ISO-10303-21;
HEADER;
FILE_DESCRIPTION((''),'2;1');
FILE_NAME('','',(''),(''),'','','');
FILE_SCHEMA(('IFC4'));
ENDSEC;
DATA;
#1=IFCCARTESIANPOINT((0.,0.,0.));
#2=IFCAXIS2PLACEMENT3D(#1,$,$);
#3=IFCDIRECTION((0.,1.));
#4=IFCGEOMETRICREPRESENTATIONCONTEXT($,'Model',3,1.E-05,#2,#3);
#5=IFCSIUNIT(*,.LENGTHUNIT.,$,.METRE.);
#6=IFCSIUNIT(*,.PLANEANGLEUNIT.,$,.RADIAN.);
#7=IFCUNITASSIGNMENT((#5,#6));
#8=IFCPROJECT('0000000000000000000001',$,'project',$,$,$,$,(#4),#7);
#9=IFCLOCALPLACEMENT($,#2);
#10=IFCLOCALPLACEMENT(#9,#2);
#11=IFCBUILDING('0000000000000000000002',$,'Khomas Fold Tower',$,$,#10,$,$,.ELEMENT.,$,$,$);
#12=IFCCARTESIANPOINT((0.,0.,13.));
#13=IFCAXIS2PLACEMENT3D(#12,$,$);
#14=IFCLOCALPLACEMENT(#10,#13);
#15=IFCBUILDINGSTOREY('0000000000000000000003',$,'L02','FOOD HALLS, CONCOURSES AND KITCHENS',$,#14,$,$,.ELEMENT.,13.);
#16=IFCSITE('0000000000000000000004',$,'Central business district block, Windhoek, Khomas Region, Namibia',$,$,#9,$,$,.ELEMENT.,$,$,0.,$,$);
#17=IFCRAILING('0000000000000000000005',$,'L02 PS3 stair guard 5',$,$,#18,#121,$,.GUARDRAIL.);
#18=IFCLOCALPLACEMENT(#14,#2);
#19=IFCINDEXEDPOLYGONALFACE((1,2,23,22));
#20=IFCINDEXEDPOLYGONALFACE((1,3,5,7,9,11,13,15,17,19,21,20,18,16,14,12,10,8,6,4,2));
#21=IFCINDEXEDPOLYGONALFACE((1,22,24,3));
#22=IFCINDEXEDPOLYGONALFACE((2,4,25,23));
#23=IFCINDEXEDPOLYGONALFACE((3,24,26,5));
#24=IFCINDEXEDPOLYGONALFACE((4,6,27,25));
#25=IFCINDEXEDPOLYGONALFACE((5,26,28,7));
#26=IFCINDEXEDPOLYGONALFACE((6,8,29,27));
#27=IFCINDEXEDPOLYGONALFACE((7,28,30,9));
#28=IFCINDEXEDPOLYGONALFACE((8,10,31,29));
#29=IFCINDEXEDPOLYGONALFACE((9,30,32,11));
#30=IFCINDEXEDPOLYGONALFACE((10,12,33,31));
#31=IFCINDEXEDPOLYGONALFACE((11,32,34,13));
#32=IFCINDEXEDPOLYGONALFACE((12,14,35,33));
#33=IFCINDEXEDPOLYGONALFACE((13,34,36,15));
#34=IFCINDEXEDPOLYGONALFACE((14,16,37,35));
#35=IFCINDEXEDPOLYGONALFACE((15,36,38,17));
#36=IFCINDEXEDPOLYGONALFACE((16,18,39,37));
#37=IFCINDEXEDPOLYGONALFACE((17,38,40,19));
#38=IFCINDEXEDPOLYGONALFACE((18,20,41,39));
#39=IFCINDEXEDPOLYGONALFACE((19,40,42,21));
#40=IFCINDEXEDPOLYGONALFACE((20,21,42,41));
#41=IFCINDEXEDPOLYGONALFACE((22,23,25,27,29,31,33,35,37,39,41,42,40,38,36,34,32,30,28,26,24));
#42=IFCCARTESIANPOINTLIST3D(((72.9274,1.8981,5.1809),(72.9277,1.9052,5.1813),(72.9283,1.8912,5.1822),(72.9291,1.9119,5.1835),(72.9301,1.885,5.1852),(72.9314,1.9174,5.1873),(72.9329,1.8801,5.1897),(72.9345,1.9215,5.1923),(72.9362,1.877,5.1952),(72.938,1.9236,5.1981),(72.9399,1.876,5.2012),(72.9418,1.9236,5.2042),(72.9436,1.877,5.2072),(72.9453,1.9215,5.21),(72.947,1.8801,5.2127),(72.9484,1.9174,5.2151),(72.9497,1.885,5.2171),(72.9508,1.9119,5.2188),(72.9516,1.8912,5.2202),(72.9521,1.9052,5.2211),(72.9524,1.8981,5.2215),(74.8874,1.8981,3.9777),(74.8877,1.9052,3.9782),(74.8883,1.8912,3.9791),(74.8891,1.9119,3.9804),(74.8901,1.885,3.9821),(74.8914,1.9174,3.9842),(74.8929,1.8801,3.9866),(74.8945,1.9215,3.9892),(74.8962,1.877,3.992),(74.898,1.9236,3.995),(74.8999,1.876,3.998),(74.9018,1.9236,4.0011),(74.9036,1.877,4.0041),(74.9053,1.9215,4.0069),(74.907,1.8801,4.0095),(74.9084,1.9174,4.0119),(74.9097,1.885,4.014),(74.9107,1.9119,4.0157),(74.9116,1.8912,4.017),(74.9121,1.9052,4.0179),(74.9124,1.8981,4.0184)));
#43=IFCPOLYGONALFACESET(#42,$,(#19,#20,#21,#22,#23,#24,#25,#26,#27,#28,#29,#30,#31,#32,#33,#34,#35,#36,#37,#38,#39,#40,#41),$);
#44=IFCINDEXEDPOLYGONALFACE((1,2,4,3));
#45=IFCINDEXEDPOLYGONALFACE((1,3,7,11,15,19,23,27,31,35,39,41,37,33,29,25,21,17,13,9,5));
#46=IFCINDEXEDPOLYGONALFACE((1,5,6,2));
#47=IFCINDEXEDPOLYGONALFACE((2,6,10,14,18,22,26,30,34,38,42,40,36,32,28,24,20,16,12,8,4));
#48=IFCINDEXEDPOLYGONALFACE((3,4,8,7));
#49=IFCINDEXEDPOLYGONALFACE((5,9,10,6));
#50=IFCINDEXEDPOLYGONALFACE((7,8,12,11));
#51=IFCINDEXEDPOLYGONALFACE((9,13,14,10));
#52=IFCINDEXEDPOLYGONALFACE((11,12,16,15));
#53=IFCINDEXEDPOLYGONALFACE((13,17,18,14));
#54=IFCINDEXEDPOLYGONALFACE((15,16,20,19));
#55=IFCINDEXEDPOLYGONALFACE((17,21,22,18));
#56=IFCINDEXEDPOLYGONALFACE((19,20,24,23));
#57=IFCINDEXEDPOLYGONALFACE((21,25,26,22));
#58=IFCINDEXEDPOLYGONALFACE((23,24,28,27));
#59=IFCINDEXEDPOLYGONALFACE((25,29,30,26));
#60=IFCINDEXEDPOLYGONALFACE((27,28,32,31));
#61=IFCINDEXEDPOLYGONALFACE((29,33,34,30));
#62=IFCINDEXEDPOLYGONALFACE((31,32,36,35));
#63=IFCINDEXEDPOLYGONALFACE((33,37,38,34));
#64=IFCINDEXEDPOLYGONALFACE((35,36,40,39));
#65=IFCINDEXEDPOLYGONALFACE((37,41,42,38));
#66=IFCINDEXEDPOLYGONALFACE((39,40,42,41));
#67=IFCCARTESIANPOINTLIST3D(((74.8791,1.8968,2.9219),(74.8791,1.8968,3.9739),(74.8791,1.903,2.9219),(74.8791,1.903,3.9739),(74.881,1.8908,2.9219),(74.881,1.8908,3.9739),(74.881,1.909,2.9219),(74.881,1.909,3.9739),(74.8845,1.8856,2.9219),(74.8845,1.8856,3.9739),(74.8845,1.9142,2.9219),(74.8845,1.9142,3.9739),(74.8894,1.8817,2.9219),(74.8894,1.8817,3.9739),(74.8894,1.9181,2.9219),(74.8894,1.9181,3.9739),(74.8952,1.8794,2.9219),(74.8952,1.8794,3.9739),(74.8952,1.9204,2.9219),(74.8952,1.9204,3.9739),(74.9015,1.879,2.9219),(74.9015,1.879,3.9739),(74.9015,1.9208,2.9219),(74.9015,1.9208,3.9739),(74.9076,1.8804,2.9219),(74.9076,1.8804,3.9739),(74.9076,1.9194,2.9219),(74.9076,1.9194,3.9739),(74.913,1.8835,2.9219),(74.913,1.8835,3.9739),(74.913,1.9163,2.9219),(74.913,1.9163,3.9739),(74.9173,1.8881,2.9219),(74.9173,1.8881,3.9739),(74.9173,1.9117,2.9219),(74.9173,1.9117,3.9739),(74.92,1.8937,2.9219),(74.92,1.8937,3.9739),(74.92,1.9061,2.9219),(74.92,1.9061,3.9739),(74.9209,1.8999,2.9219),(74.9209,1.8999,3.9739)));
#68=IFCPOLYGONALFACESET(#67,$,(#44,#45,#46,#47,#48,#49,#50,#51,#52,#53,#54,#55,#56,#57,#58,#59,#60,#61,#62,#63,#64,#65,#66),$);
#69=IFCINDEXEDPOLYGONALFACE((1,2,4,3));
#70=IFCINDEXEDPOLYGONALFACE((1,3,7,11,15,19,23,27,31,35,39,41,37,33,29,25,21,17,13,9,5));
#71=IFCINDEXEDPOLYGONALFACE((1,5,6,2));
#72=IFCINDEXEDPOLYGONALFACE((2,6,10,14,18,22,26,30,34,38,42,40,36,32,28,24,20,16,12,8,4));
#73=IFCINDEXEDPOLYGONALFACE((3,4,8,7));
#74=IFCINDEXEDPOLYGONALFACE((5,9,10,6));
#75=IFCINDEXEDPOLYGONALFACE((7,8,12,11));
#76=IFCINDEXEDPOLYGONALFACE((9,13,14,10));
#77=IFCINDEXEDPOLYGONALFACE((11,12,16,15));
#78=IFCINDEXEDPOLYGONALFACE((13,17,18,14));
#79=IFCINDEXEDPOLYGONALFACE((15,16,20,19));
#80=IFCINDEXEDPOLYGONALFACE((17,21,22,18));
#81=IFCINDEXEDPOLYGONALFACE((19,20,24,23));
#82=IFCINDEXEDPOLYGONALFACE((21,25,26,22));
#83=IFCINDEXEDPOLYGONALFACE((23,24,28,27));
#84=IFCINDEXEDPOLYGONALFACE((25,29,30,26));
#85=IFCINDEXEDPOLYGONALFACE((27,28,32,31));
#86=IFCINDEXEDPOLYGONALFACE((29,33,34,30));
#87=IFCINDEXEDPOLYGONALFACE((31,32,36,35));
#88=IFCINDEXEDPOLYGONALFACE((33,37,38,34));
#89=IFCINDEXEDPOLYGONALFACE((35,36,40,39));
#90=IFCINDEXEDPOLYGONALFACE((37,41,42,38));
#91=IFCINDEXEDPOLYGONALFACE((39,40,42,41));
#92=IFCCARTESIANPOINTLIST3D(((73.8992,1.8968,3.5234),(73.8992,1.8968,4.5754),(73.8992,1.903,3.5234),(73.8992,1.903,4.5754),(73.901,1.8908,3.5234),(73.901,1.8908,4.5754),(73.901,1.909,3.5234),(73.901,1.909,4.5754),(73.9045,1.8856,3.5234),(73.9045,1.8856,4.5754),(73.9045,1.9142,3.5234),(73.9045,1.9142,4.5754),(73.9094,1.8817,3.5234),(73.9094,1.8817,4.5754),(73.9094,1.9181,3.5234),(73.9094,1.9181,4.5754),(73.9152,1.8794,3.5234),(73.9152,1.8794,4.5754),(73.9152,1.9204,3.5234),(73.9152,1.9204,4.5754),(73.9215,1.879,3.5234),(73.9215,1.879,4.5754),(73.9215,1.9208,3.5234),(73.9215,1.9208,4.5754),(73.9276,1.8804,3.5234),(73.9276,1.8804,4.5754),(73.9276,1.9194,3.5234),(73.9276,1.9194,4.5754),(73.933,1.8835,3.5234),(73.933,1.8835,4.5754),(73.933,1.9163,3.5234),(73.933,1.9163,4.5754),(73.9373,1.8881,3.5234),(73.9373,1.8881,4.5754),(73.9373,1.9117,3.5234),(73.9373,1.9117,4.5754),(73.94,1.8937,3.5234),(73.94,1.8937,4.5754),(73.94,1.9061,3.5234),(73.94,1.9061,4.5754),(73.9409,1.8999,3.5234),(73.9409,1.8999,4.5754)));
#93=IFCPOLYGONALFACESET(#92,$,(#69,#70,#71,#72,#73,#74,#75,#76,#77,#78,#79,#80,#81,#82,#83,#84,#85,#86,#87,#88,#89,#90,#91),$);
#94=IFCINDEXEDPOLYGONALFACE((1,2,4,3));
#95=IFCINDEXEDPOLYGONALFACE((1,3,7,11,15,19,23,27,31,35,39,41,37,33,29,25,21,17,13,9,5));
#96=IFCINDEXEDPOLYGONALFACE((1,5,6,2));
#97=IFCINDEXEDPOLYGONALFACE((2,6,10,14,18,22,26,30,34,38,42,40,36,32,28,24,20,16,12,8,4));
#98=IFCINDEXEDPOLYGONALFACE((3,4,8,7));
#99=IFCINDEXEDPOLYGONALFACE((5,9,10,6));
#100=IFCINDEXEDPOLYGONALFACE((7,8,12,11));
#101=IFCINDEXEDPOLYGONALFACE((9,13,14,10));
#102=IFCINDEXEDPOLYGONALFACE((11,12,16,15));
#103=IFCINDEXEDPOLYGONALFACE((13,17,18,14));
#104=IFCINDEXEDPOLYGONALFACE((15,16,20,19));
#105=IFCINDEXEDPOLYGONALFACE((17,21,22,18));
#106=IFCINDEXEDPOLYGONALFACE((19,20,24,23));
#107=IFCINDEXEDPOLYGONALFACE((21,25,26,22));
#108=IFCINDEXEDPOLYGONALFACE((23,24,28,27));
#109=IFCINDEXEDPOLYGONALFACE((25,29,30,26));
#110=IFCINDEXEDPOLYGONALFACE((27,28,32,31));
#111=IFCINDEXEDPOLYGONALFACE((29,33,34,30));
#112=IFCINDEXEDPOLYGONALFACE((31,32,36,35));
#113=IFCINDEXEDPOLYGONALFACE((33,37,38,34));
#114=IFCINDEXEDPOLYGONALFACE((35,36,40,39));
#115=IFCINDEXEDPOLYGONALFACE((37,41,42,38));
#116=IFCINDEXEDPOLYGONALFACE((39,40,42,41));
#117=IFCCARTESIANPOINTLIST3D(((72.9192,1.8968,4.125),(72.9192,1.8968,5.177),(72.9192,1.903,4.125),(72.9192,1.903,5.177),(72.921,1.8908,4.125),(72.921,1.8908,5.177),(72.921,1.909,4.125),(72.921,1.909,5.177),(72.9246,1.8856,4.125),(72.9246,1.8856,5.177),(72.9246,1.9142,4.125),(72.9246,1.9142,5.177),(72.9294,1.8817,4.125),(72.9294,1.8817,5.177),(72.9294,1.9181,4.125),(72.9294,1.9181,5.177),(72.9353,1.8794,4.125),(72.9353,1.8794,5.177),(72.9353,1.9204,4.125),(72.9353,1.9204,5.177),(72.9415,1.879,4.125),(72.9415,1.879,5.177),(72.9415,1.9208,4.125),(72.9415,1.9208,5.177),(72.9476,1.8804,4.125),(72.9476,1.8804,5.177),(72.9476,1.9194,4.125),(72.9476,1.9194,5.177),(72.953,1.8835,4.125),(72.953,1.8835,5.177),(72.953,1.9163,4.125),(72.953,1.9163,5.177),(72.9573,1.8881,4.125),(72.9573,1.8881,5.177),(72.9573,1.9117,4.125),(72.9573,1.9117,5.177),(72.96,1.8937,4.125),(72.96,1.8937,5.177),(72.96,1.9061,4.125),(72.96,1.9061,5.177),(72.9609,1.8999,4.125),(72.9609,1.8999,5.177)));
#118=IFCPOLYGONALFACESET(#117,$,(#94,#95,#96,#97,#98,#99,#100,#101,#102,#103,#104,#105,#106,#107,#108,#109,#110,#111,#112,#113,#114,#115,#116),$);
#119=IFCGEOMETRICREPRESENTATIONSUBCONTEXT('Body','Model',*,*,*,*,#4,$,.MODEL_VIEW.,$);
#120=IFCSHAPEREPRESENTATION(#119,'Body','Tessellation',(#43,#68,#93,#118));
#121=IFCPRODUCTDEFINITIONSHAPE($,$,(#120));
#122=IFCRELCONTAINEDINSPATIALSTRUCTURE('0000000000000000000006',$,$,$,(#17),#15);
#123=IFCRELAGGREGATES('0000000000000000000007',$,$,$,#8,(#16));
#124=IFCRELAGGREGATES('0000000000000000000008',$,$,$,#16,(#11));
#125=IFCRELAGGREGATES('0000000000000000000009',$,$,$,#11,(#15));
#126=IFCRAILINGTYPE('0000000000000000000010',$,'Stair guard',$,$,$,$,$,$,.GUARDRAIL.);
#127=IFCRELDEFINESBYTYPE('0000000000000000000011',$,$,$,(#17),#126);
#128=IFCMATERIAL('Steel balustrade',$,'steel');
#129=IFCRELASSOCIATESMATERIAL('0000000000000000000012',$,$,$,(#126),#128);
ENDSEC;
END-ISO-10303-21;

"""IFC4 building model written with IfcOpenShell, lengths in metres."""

from ifc_helpers import new_model, si_unit, direction, frame, origin, origin_2d, place, context, subcontext, project, spatial, circle, extrude, source, transform, mapped, material, type_object, element, save


model = new_model("IFC4")

# Units and contexts
model_context = context("Model", 3, precision=1e-05, world=origin(), true_north=direction((0.0, 1.0)))
body_context = subcontext(model_context, "Body", "Model", "MODEL_VIEW")
ifc_project = project(units=[si_unit("LENGTHUNIT", "METRE"), si_unit("PLANEANGLEUNIT", "RADIAN")], contexts=[model_context])

# Site, building, storey
site_placement = place(None, origin())
site = spatial("IfcSite", under=ifc_project, at=site_placement, Name="Central business district block, Windhoek, Khomas Region, Namibia", CompositionType="ELEMENT", RefElevation=0.0)
building_placement = place(site_placement, origin())
building = spatial("IfcBuilding", under=site, at=building_placement, Name="Khomas Fold Tower", CompositionType="ELEMENT")
storey_placement = place(building_placement, frame((0.0, 0.0, 13.0)))
storey = spatial("IfcBuildingStorey", under=building, at=storey_placement, Name="L02", Description="FOOD HALLS, CONCOURSES AND KITCHENS", CompositionType="ELEMENT", Elevation=13.0)

# Railing
ifc_material_1 = material(Name="Steel balustrade", Category="steel")
railing_type_1 = type_object("IfcRailingType", Name="Stair guard", PredefinedType="GUARDRAIL", material=ifc_material_1)
shared_shape_1 = source(origin(), body_context, "Body", "SweptSolid", [
    extrude(circle(Radius=0.0239, at=origin_2d()), frame((0.0, 0.0, 1.0762), z_axis=(-0.852241, 0.0, 0.523149), x_axis=(0.0, -1.0, 0.0)), (0.0, 0.0, 1.0), 2.2998),
    extrude(circle(Radius=0.021, at=origin_2d()), origin(), (0.0, 0.0, 1.0), 1.052),
    extrude(circle(Radius=0.021, at=origin_2d()), frame((-0.98, 0.0, 0.6016)), (0.0, 0.0, 1.0), 1.052),
    extrude(circle(Radius=0.021, at=origin_2d()), frame((-1.96, 0.0, 1.2031)), (0.0, 0.0, 1.0), 1.052),
])
for number, where, name in (
    (1, (74.8999, 1.8999, 2.9219), "L02 PS3 stair guard 5"),
):
    element("IfcRailing", number, at=place(storey_placement, frame(where)), inside=storey, type_object=railing_type_1, Name=name, PredefinedType="GUARDRAIL", context=body_context, shape_type="MappedRepresentation", body=[
        mapped(shared_shape_1, transform((0.0, 0.0, 0.0))),
    ])

save(model, "model.ifc")
